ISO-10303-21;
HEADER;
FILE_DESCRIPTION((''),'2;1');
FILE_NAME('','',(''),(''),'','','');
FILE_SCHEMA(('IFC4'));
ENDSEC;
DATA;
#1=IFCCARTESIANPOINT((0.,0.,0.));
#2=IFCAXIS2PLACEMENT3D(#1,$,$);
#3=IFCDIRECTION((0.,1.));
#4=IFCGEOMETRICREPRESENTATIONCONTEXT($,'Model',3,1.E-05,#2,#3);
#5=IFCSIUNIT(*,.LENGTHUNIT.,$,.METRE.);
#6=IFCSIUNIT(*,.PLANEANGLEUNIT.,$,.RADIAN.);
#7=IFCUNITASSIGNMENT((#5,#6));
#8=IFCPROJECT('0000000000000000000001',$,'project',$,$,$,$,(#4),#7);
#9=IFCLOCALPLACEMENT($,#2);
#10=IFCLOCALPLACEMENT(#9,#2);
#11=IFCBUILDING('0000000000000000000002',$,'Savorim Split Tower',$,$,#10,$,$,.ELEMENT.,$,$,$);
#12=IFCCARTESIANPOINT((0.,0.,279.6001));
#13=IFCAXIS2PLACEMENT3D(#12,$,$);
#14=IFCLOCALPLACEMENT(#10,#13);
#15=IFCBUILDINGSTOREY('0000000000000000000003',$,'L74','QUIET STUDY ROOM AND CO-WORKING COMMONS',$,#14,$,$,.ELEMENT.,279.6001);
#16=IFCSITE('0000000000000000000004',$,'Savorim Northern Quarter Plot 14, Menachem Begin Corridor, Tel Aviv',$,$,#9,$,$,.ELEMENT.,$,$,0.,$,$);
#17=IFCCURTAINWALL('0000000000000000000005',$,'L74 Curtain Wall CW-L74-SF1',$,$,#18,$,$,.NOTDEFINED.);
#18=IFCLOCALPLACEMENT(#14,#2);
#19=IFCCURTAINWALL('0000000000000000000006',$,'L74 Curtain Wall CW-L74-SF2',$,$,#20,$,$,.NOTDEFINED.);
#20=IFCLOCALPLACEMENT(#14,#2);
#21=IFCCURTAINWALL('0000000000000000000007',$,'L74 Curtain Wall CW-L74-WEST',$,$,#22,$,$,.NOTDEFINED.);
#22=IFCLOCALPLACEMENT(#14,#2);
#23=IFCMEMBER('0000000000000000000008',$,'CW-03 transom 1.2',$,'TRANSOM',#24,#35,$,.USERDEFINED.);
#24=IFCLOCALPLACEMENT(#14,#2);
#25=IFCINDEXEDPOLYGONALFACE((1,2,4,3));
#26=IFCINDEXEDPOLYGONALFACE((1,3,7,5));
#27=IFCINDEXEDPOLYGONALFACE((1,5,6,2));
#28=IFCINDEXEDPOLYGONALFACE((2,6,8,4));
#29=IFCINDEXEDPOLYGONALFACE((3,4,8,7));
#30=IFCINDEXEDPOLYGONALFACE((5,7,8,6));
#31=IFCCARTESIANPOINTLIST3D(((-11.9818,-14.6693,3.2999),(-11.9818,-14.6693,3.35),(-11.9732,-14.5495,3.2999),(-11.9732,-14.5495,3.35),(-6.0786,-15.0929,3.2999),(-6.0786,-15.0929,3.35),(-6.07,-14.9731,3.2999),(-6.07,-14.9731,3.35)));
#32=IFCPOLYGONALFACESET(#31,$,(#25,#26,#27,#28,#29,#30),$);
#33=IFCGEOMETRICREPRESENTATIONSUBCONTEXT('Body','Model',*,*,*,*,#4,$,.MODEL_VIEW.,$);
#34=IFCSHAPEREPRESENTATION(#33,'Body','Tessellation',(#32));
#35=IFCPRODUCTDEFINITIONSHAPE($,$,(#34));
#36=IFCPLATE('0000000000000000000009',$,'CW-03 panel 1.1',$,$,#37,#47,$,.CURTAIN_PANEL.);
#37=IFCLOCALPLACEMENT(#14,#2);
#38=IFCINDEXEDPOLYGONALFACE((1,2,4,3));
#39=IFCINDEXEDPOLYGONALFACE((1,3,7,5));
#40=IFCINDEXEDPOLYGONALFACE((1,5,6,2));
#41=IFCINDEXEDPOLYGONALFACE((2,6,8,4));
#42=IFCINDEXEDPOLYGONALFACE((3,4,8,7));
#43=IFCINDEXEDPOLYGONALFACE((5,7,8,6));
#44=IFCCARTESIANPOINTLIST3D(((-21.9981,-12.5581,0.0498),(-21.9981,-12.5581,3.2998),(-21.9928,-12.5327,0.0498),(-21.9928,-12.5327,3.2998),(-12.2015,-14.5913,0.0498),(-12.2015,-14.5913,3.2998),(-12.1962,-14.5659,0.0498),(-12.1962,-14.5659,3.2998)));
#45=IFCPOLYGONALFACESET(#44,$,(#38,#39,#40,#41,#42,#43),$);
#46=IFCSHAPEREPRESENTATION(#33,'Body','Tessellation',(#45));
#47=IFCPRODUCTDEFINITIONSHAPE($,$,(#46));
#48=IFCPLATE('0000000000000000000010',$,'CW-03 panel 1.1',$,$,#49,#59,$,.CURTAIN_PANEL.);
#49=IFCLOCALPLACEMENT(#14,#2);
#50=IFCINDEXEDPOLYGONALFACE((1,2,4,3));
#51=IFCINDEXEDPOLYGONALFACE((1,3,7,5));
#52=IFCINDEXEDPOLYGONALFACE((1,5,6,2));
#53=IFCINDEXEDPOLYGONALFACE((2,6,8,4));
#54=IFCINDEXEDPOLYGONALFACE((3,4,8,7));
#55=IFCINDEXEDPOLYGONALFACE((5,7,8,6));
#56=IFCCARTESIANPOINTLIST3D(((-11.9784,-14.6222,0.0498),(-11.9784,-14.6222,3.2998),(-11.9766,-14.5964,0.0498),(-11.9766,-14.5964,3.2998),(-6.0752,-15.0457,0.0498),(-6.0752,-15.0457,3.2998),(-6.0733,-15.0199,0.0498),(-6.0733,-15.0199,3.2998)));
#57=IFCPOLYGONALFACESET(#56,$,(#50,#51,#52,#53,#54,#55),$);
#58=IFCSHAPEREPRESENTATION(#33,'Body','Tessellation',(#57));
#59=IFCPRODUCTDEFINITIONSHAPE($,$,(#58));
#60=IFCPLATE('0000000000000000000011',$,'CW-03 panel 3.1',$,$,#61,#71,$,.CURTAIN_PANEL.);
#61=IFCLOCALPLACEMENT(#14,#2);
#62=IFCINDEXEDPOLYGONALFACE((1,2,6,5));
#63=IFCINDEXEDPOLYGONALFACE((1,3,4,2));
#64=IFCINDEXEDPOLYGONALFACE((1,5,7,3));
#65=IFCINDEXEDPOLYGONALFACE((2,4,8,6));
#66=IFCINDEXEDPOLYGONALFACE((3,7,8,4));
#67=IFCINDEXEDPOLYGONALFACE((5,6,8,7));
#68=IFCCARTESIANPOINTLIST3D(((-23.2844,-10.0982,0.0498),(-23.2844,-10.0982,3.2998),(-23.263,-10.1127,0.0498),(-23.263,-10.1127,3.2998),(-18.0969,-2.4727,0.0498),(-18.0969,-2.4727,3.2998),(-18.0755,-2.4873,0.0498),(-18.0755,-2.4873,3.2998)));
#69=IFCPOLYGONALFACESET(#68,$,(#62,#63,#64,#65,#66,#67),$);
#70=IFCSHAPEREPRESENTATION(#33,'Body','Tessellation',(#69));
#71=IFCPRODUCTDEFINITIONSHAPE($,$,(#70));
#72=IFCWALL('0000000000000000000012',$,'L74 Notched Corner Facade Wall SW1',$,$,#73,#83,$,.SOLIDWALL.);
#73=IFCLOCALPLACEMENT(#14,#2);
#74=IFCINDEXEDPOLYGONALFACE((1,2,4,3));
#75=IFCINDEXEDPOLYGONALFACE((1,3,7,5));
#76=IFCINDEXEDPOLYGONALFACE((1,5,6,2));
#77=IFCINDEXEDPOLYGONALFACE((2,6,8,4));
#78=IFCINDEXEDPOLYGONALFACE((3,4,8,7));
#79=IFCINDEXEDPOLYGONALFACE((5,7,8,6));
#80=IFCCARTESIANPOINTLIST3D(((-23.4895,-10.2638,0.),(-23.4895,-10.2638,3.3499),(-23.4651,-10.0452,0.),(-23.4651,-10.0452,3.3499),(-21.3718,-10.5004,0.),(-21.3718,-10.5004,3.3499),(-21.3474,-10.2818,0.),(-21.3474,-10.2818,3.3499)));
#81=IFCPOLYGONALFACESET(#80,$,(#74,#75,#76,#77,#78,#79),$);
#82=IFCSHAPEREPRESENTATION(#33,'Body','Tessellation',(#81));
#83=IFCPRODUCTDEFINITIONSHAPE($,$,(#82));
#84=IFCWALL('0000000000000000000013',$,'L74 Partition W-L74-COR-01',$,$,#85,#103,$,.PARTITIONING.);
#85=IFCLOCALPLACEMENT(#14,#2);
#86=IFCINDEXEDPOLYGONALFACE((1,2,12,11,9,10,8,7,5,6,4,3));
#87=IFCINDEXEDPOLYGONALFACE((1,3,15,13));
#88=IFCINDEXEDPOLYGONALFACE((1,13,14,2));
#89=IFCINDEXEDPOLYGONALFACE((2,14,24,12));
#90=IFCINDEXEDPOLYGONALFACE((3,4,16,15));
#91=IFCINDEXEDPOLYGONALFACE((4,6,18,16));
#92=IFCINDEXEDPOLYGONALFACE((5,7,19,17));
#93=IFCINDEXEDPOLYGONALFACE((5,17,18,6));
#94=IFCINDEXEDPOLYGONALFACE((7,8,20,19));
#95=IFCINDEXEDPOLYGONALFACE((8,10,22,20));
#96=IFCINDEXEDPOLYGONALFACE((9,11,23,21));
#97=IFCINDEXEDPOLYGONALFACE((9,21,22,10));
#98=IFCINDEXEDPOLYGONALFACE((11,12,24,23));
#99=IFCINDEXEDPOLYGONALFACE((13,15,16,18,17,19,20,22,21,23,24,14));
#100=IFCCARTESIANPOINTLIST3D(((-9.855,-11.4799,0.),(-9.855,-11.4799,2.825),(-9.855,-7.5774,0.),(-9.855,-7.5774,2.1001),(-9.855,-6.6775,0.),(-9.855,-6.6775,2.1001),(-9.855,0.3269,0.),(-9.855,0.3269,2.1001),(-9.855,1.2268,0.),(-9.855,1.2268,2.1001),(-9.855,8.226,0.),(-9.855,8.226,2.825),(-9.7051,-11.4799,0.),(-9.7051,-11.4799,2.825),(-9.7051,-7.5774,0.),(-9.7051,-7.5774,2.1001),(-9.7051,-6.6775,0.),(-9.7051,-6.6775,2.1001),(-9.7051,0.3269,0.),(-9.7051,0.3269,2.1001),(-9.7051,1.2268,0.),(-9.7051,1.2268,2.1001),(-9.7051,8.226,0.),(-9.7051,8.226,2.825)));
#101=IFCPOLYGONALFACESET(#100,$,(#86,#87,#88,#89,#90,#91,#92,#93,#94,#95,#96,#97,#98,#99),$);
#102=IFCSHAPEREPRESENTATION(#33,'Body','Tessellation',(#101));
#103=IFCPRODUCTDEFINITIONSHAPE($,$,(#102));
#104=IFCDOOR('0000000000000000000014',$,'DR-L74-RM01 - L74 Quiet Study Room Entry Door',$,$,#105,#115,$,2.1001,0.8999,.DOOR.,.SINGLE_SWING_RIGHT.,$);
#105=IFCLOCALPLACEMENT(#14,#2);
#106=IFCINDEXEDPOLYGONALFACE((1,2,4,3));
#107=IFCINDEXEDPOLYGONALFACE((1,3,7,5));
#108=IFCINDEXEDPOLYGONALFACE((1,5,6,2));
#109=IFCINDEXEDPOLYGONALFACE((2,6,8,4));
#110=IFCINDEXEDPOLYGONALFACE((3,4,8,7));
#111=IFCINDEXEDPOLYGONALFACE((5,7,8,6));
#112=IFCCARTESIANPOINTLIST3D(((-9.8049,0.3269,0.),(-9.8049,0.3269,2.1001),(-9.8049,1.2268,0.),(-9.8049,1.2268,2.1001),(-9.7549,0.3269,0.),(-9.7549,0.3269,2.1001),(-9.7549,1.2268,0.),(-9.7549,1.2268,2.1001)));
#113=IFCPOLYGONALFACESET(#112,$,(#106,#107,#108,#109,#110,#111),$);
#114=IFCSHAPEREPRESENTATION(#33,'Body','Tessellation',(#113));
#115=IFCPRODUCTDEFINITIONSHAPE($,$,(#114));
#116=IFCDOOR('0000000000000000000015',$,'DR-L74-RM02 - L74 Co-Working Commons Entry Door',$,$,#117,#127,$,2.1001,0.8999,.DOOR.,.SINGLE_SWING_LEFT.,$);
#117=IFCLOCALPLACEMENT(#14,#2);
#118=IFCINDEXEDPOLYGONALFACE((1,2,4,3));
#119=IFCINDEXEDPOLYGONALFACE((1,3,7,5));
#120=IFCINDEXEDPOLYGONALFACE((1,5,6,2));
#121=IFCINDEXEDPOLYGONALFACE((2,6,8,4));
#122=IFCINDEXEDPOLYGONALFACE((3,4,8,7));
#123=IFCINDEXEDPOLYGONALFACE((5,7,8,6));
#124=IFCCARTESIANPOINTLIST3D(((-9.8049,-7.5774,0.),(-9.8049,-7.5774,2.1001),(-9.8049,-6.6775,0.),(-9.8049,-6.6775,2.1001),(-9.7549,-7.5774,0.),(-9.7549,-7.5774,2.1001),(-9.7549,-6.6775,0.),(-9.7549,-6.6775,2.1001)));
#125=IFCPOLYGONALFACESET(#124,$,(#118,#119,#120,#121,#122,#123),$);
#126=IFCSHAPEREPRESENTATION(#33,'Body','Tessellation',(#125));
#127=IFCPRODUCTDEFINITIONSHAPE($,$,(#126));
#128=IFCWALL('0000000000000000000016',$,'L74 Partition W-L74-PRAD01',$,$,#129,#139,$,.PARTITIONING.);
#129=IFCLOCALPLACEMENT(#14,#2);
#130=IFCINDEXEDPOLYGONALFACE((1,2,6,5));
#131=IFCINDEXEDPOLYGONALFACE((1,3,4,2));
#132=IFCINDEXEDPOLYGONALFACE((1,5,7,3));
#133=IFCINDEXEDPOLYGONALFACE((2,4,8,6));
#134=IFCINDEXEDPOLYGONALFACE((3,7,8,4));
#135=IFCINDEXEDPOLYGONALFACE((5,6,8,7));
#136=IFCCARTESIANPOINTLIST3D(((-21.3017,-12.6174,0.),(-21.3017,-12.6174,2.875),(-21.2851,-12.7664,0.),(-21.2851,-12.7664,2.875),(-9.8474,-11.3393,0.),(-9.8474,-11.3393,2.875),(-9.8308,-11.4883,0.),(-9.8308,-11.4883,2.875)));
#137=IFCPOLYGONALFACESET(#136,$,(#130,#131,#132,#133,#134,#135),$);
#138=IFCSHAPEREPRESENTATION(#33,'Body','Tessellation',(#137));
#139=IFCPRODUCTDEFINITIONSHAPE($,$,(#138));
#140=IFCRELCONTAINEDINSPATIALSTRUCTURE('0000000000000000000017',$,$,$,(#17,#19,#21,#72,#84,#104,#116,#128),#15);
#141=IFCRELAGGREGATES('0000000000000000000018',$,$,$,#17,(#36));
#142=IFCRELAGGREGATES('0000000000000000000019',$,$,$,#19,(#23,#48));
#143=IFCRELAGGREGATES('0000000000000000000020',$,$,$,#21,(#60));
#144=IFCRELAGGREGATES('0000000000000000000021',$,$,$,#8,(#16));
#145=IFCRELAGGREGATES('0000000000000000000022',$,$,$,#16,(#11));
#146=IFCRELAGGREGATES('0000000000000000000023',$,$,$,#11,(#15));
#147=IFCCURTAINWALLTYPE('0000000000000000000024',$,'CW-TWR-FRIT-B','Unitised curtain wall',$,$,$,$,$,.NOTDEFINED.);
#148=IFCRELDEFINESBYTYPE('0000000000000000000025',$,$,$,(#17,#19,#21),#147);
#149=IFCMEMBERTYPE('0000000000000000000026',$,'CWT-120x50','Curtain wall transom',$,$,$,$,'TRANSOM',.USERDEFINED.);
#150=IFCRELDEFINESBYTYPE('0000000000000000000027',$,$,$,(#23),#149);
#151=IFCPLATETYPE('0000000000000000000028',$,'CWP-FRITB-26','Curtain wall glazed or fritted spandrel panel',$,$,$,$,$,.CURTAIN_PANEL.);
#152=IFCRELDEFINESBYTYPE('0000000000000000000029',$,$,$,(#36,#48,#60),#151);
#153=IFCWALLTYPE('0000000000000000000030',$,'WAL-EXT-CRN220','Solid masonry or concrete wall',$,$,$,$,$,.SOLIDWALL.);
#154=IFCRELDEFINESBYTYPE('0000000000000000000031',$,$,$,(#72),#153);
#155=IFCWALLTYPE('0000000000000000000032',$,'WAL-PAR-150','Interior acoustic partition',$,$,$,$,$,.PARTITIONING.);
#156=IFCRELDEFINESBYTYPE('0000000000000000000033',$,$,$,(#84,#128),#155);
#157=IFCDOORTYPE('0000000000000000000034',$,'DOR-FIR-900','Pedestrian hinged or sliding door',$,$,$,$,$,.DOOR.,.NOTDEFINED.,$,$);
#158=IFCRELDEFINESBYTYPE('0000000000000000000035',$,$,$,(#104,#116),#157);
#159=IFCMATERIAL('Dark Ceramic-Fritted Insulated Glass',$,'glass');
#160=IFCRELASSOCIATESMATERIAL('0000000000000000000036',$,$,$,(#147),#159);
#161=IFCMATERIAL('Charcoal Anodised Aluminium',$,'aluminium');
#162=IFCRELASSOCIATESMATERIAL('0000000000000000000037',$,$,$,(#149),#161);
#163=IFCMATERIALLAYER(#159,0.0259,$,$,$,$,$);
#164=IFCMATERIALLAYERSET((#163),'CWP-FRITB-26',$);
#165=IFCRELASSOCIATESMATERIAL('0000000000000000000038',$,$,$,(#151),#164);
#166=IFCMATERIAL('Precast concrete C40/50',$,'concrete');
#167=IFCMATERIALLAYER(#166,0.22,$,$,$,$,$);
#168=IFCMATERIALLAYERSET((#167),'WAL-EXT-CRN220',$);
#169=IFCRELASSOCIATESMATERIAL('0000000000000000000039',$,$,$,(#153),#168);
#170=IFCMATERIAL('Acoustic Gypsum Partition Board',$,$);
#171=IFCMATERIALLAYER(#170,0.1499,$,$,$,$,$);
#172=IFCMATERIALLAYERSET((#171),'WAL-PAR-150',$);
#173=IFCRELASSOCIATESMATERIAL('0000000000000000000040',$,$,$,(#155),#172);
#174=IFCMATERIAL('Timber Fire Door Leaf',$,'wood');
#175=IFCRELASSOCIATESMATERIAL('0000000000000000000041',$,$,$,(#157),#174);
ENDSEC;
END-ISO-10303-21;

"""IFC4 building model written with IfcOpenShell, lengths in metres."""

from ifc_helpers import new_model, si_unit, direction, frame, frame_2d, origin, origin_2d, place, context, subcontext, project, spatial, rectangle, extrude, material, layer, layer_set, material_profile, profile_set, type_object, element, fill, aggregate, save


model = new_model("IFC4")

# Units and contexts
model_context = context("Model", 3, precision=1e-05, world=origin(), true_north=direction((0.0, 1.0)))
body_context = subcontext(model_context, "Body", "Model", "MODEL_VIEW")
ifc_project = project(units=[si_unit("LENGTHUNIT", "METRE"), si_unit("PLANEANGLEUNIT", "RADIAN")], contexts=[model_context])

# Site, building, storey
site_placement = place(None, origin())
site = spatial("IfcSite", under=ifc_project, at=site_placement, Name="Savorim Northern Quarter Plot 14, Menachem Begin Corridor, Tel Aviv", CompositionType="ELEMENT", RefElevation=0.0)
building_placement = place(site_placement, origin())
building = spatial("IfcBuilding", under=site, at=building_placement, Name="Savorim Split Tower", CompositionType="ELEMENT")
storey_placement = place(building_placement, frame((0.0, 0.0, 279.6001)))
storey = spatial("IfcBuildingStorey", under=building, at=storey_placement, Name="L74", Description="QUIET STUDY ROOM AND CO-WORKING COMMONS", CompositionType="ELEMENT", Elevation=279.6001)

# Curtain wall
ifc_material_1 = material(Name="Dark Ceramic-Fritted Insulated Glass", Category="glass")
curtain_wall_type = type_object("IfcCurtainWallType", Name="CW-TWR-FRIT-B", Description="Unitised curtain wall", PredefinedType="NOTDEFINED", material=ifc_material_1)
curtain_wall_1_placement = place(storey_placement, origin())
curtain_wall_1 = element("IfcCurtainWall", 1, at=curtain_wall_1_placement, inside=storey, type_object=curtain_wall_type, Name="L74 Curtain Wall CW-L74-SF1", PredefinedType="NOTDEFINED")
ifc_material_2 = material(Name="Charcoal Anodised Aluminium", Category="aluminium")

# Curtain walls
curtain_wall_2_placement = place(storey_placement, origin())
curtain_wall_2 = element("IfcCurtainWall", 2, at=curtain_wall_2_placement, inside=storey, type_object=curtain_wall_type, Name="L74 Curtain Wall CW-L74-SF2", PredefinedType="NOTDEFINED")
curtain_wall_3_placement = place(storey_placement, origin())
curtain_wall_3 = element("IfcCurtainWall", 3, at=curtain_wall_3_placement, inside=storey, type_object=curtain_wall_type, Name="L74 Curtain Wall CW-L74-WEST", PredefinedType="NOTDEFINED")

# Member
ifc_material_profile_1 = material_profile(ifc_material_2, rectangle(XDim=0.1201, YDim=0.05, at=origin_2d()), Name="ALU-T 120x50")
ifc_profile_set_1 = profile_set([ifc_material_profile_1], Name="Charcoal Anodised Aluminium")
member_type_1 = type_object("IfcMemberType", Name="CWT-120x50", Description="Curtain wall transom", ElementType="TRANSOM", PredefinedType="USERDEFINED", material=ifc_profile_set_1)
member_1_placement = place(storey_placement, frame((-11.9775, -14.6094, 3.325), z_axis=(0.997436, -0.07157, 0.0), x_axis=(0.07157, 0.997436, 0.0)))
member_1 = element("IfcMember", 4, at=member_1_placement, type_object=member_type_1, Name="CW-03 transom 1.2", ObjectType="TRANSOM", PredefinedType="USERDEFINED", context=body_context, shape_type="SweptSolid", body=[
    extrude(rectangle(XDim=0.1201, YDim=0.05, at=origin_2d()), origin(), (0.0, 0.0, 1.0), 5.9185),
])

# Plates
ifc_layer_1 = layer(ifc_material_1, 0.0259)
ifc_layer_set_1 = layer_set([ifc_layer_1], Name="CWP-FRITB-26")
plate_type = type_object("IfcPlateType", Name="CWP-FRITB-26", Description="Curtain wall glazed or fritted spandrel panel", PredefinedType="CURTAIN_PANEL", material=ifc_layer_set_1)
plate_1_placement = place(storey_placement, frame((-17.0972, -13.562, 0.0498), z_axis=(0.0, 0.0, 1.0), x_axis=(0.979135, -0.203212, 0.0)))
plate_1 = element("IfcPlate", 5, at=plate_1_placement, type_object=plate_type, Name="CW-03 panel 1.1", PredefinedType="CURTAIN_PANEL", context=body_context, shape_type="SweptSolid", body=[
    extrude(rectangle(XDim=10.0054, YDim=0.0259, at=origin_2d()), origin(), (0.0, 0.0, 1.0), 3.25),
])
aggregate(curtain_wall_1, [plate_1])
plate_2_placement = place(storey_placement, frame((-9.0259, -14.821, 0.0498), z_axis=(0.0, 0.0, 1.0), x_axis=(0.997436, -0.071558, 0.0)))
plate_2 = element("IfcPlate", 6, at=plate_2_placement, type_object=plate_type, Name="CW-03 panel 1.1", PredefinedType="CURTAIN_PANEL", context=body_context, shape_type="SweptSolid", body=[
    extrude(rectangle(XDim=5.9185, YDim=0.0259, at=origin_2d()), origin(), (0.0, 0.0, 1.0), 3.25),
])
aggregate(curtain_wall_2, [member_1, plate_2])
plate_3_placement = place(storey_placement, frame((-20.6799, -6.2927, 0.0498), z_axis=(0.0, 0.0, 1.0), x_axis=(-0.56247, -0.826818, 0.0)))
plate_3 = element("IfcPlate", 7, at=plate_3_placement, type_object=plate_type, Name="CW-03 panel 3.1", PredefinedType="CURTAIN_PANEL", context=body_context, shape_type="SweptSolid", body=[
    extrude(rectangle(XDim=9.2227, YDim=0.0259, at=origin_2d()), origin(), (0.0, 0.0, 1.0), 3.25),
])
aggregate(curtain_wall_3, [plate_3])

# Wall
ifc_material_3 = material(Name="Precast concrete C40/50", Category="concrete")
ifc_layer_2 = layer(ifc_material_3, 0.22)
ifc_layer_set_2 = layer_set([ifc_layer_2], Name="WAL-EXT-CRN220")
wall_type_1 = type_object("IfcWallType", Name="WAL-EXT-CRN220", Description="Solid masonry or concrete wall", PredefinedType="SOLIDWALL", material=ifc_layer_set_2)
wall_1_placement = place(storey_placement, frame((-21.3596, -10.3911, 0.0), z_axis=(0.0, 0.0, 1.0), x_axis=(-0.993818, 0.111023, 0.0)))
element("IfcWall", 8, at=wall_1_placement, inside=storey, type_object=wall_type_1, Name="L74 Notched Corner Facade Wall SW1", PredefinedType="SOLIDWALL", context=body_context, shape_type="SweptSolid", body=[
    extrude(rectangle(XDim=2.1309, YDim=0.22, at=frame_2d((1.0654, 0.0))), origin(), (0.0, 0.0, 1.0), 3.3499),
])

# Wall, openings, doors
ifc_material_4 = material(Name="Acoustic Gypsum Partition Board")
ifc_layer_3 = layer(ifc_material_4, 0.1499)
ifc_layer_set_3 = layer_set([ifc_layer_3], Name="WAL-PAR-150")
wall_type_2 = type_object("IfcWallType", Name="WAL-PAR-150", Description="Interior acoustic partition", PredefinedType="PARTITIONING", material=ifc_layer_set_3)
wall_2_placement = place(storey_placement, frame((-9.78, -11.48, 0.0), z_axis=(0.0, 0.0, 1.0), x_axis=(0.0, 1.0, 0.0)))
wall_2 = element("IfcWall", 9, at=wall_2_placement, inside=storey, type_object=wall_type_2, Name="L74 Partition W-L74-COR-01", PredefinedType="PARTITIONING", context=body_context, shape_type="SweptSolid", body=[
    extrude(rectangle(XDim=19.7058, YDim=0.1499, at=frame_2d((9.853, 0.0))), origin(), (0.0, 0.0, 1.0), 2.825),
])
opening_1_placement = place(wall_2_placement, frame((11.8069, 0.0, 0.0)))
opening_1 = element("IfcOpeningElement", 10, at=opening_1_placement, cuts=wall_2, PredefinedType="OPENING", context=body_context, shape_type="SweptSolid", body=[
    extrude(rectangle(XDim=0.8999, YDim=2.1001, at=frame_2d((0.45, 1.05))), frame((0.0, 0.085, 0.0), z_axis=(0.0, -1.0, 0.0), x_axis=(1.0, 0.0, 0.0)), (0.0, 0.0, 1.0), 0.1699),
])
opening_2_placement = place(wall_2_placement, frame((3.9026, 0.0, 0.0)))
opening_2 = element("IfcOpeningElement", 11, at=opening_2_placement, cuts=wall_2, PredefinedType="OPENING", context=body_context, shape_type="SweptSolid", body=[
    extrude(rectangle(XDim=0.8999, YDim=2.1001, at=frame_2d((0.45, 1.05))), frame((0.0, 0.085, 0.0), z_axis=(0.0, -1.0, 0.0), x_axis=(1.0, 0.0, 0.0)), (0.0, 0.0, 1.0), 0.1699),
])
ifc_material_5 = material(Name="Timber Fire Door Leaf", Category="wood")
door_type_1 = type_object("IfcDoorType", Name="DOR-FIR-900", Description="Pedestrian hinged or sliding door", OperationType="NOTDEFINED", PredefinedType="DOOR", material=ifc_material_5)
door_1_placement = place(opening_1_placement, origin())
door_1 = element("IfcDoor", 12, at=door_1_placement, inside=storey, type_object=door_type_1, Name="DR-L74-RM01 - L74 Quiet Study Room Entry Door", OperationType="SINGLE_SWING_RIGHT", OverallHeight=2.1001, OverallWidth=0.8999, PredefinedType="DOOR", context=body_context, shape_type="SweptSolid", body=[
    extrude(rectangle(XDim=0.8999, YDim=2.1001, at=frame_2d((0.45, 1.05))), frame((0.0, 0.0249, 0.0), z_axis=(0.0, -1.0, 0.0), x_axis=(1.0, 0.0, 0.0)), (0.0, 0.0, 1.0), 0.05),
])
fill(opening_1, door_1)
door_2_placement = place(opening_2_placement, origin())
door_2 = element("IfcDoor", 13, at=door_2_placement, inside=storey, type_object=door_type_1, Name="DR-L74-RM02 - L74 Co-Working Commons Entry Door", OperationType="SINGLE_SWING_LEFT", OverallHeight=2.1001, OverallWidth=0.8999, PredefinedType="DOOR", context=body_context, shape_type="SweptSolid", body=[
    extrude(rectangle(XDim=0.8999, YDim=2.1001, at=frame_2d((0.45, 1.05))), frame((0.0, 0.0249, 0.0), z_axis=(0.0, -1.0, 0.0), x_axis=(1.0, 0.0, 0.0)), (0.0, 0.0, 1.0), 0.05),
])
fill(opening_2, door_2)

# Wall
wall_3_placement = place(storey_placement, frame((-9.8391, -11.4138, 0.0), z_axis=(0.0, 0.0, 1.0), x_axis=(-0.993832, -0.110892, 0.0)))
element("IfcWall", 14, at=wall_3_placement, inside=storey, type_object=wall_type_2, Name="L74 Partition W-L74-PRAD01", PredefinedType="PARTITIONING", context=body_context, shape_type="SweptSolid", body=[
    extrude(rectangle(XDim=11.5254, YDim=0.1499, at=frame_2d((5.7627, 0.0))), origin(), (0.0, 0.0, 1.0), 2.875),
])

save(model, "model.ifc")
